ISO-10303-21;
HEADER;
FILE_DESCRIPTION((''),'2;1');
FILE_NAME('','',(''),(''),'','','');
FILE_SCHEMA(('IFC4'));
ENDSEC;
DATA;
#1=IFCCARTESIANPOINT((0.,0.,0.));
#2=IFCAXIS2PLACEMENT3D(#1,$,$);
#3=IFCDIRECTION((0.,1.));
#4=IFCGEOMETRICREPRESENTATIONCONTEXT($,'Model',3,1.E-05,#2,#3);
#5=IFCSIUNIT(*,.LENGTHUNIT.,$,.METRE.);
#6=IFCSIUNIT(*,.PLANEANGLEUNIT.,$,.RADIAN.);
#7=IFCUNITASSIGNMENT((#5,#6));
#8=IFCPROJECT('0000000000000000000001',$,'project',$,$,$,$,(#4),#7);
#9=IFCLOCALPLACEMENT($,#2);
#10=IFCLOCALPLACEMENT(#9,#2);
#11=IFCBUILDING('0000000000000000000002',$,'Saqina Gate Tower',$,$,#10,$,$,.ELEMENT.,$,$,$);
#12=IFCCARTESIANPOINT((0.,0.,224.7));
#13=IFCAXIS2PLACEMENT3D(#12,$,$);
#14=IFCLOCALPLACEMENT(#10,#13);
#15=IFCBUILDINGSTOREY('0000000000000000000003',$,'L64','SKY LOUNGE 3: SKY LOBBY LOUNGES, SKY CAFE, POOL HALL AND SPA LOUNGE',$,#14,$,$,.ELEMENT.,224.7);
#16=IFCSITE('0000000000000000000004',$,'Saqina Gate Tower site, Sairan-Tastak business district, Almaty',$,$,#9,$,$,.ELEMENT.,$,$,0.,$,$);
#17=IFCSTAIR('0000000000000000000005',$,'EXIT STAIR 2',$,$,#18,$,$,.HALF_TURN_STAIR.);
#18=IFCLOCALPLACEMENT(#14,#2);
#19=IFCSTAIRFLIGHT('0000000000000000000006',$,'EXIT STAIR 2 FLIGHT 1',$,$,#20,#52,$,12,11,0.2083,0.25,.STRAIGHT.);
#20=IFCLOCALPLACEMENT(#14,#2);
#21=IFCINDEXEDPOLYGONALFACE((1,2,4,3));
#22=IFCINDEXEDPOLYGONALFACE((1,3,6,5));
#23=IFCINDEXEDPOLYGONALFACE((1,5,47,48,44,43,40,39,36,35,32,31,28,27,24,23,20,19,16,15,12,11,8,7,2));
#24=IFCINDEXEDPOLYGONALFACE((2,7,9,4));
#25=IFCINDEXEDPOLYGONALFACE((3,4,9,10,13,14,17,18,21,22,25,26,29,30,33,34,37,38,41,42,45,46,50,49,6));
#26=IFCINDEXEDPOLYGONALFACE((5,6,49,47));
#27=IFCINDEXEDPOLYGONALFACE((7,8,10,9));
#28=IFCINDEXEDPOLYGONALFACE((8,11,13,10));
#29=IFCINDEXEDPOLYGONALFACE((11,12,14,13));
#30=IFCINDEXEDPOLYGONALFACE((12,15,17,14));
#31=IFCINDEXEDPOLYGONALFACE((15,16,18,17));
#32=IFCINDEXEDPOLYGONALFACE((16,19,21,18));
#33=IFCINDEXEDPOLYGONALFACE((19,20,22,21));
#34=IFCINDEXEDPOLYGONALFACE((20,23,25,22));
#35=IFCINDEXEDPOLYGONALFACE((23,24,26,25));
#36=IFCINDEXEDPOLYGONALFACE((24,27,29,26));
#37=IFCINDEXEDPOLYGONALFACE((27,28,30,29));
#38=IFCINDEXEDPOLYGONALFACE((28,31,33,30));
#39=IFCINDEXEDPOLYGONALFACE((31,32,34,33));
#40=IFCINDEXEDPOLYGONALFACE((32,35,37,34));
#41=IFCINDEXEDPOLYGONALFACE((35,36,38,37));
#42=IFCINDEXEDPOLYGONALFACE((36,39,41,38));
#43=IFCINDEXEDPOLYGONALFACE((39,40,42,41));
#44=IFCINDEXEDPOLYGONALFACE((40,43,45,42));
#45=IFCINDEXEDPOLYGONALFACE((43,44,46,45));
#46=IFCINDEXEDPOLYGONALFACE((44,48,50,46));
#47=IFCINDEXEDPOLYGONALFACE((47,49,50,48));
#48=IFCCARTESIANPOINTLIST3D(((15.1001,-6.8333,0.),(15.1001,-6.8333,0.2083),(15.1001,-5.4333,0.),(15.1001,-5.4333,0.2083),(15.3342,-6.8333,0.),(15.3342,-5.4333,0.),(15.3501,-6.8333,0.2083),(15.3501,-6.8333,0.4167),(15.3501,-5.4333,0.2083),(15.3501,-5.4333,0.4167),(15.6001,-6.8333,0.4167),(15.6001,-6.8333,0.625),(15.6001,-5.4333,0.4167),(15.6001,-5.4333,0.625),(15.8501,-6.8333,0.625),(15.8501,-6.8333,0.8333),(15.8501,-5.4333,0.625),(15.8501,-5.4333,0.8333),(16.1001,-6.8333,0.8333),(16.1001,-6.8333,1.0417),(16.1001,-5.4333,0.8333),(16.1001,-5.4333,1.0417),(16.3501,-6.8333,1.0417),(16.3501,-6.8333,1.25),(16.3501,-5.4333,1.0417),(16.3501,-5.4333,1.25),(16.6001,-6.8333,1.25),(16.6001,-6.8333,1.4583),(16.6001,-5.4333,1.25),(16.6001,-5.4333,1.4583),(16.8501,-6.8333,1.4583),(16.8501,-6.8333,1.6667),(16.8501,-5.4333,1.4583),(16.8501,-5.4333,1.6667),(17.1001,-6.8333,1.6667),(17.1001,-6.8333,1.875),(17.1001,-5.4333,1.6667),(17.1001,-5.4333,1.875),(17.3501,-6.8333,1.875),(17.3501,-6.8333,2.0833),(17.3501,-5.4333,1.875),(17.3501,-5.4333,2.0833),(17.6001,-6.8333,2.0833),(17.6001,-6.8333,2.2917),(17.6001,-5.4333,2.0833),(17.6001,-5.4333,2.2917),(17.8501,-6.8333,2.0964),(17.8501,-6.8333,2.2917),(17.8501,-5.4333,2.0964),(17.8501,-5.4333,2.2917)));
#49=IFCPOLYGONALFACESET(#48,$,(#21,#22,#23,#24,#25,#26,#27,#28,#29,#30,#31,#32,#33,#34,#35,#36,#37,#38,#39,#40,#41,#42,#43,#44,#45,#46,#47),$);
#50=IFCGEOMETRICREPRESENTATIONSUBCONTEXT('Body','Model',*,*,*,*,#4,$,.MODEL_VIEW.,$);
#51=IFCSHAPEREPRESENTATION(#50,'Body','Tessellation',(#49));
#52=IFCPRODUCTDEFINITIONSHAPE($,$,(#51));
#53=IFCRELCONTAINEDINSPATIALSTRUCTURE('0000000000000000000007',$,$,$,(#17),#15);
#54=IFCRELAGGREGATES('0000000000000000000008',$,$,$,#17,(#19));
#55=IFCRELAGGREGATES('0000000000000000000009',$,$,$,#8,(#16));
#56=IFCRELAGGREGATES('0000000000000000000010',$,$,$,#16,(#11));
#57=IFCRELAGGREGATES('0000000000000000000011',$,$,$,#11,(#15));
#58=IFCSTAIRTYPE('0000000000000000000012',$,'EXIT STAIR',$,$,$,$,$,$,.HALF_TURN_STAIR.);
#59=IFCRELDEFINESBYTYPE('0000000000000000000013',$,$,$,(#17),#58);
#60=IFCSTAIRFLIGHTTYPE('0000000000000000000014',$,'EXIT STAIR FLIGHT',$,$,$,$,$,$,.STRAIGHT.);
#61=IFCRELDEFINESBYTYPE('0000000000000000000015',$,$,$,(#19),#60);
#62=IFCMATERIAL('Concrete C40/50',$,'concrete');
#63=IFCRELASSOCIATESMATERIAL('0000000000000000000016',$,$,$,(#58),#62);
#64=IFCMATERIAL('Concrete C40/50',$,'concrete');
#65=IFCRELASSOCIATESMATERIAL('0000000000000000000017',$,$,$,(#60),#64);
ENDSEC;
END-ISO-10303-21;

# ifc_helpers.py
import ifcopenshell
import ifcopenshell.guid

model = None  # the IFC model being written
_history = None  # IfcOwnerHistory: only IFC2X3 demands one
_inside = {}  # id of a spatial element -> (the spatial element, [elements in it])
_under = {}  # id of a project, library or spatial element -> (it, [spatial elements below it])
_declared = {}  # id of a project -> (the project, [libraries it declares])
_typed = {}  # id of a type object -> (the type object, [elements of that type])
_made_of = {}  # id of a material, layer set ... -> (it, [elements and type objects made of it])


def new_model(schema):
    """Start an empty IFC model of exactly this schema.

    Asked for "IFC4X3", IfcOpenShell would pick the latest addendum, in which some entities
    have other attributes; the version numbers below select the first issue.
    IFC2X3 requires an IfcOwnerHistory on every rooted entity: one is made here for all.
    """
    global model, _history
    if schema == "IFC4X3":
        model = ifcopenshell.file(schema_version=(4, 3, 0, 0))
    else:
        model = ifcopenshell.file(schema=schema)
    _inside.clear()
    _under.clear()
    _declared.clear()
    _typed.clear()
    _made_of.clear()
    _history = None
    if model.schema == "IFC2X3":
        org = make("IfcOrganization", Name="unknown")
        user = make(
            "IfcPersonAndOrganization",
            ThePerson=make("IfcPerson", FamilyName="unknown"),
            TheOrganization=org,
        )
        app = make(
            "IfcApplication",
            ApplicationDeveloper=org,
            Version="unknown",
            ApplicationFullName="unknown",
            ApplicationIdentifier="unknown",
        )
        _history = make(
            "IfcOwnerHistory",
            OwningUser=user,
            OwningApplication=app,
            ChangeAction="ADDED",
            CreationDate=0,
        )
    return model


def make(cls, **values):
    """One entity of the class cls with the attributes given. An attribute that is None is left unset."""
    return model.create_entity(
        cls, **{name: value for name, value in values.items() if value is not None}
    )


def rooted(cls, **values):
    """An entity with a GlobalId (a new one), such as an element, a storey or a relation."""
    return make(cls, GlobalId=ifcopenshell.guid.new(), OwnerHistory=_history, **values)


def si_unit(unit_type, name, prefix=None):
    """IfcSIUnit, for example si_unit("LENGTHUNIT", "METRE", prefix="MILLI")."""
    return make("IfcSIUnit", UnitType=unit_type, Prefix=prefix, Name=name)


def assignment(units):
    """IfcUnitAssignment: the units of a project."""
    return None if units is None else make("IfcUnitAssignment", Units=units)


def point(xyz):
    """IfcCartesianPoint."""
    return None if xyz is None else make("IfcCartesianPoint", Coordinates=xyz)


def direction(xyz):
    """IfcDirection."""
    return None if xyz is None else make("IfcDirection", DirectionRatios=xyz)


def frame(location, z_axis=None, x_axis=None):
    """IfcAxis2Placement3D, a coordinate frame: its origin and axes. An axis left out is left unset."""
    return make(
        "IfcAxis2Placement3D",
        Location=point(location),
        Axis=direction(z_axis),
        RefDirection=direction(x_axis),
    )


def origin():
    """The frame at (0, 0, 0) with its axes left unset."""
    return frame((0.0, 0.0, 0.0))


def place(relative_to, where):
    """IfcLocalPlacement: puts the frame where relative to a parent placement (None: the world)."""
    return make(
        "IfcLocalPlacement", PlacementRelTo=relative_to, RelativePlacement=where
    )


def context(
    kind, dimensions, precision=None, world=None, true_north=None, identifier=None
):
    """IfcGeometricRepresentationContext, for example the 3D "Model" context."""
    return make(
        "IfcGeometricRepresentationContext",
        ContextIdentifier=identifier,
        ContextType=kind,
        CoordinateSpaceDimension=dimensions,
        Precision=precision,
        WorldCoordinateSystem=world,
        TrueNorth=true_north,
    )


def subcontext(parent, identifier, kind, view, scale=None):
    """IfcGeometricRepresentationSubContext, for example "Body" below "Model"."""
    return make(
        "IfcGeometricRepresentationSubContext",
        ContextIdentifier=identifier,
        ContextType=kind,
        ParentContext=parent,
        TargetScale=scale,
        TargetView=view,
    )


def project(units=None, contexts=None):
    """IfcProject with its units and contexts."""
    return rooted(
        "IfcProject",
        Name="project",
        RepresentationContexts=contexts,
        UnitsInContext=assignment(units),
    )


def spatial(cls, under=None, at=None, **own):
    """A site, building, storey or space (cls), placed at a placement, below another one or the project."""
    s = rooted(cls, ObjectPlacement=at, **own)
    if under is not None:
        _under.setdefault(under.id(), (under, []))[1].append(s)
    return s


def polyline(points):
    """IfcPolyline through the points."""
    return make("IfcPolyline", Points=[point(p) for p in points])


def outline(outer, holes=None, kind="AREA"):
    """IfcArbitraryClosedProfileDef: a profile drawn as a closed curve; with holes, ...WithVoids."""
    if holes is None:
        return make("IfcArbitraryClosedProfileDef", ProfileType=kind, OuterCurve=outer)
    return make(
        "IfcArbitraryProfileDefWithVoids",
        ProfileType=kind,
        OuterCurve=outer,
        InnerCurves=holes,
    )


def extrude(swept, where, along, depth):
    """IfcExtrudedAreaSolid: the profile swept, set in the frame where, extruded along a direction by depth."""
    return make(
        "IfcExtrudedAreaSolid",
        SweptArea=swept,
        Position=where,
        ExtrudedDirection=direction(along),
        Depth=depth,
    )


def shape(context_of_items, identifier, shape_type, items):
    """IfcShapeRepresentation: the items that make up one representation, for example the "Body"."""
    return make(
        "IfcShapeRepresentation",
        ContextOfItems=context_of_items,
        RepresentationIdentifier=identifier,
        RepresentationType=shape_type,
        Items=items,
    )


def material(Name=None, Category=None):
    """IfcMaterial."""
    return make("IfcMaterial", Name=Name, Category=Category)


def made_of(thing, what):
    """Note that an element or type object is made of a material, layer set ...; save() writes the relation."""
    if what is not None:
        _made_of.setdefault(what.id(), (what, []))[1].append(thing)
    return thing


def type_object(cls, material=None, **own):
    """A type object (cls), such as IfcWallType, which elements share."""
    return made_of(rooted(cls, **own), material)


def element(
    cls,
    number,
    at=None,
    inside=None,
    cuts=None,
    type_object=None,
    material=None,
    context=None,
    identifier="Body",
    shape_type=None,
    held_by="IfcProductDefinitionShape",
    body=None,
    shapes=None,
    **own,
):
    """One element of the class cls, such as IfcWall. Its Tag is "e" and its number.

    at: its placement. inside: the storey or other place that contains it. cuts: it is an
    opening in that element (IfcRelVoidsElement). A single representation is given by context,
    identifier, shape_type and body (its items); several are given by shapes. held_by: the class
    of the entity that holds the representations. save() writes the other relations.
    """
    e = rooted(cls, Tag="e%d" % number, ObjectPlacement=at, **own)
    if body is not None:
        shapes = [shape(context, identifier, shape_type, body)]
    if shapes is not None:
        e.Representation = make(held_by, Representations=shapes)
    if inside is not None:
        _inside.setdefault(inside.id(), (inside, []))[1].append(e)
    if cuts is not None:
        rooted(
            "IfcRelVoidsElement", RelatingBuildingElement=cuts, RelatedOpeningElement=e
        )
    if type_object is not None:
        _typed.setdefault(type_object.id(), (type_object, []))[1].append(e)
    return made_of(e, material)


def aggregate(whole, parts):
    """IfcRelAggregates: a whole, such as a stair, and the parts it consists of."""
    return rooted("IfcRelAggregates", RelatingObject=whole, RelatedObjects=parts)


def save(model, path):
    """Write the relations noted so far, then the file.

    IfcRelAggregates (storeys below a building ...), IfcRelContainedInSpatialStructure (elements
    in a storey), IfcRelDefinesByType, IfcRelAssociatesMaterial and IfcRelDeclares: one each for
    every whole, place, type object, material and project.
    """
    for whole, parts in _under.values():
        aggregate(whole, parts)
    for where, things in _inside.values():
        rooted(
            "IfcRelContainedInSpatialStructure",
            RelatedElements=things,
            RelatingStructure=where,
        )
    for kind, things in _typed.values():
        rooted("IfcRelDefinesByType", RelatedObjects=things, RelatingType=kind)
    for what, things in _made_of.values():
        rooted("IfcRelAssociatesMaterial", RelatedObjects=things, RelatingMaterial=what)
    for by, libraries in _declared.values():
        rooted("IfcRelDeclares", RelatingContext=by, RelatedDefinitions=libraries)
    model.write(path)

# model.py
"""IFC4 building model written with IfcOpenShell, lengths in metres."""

from ifc_helpers import new_model, si_unit, direction, frame, origin, place, context, subcontext, project, spatial, polyline, outline, extrude, material, type_object, element, aggregate, save


model = new_model("IFC4")

# Units and contexts
model_context = context("Model", 3, precision=1e-05, world=origin(), true_north=direction((0.0, 1.0)))
body_context = subcontext(model_context, "Body", "Model", "MODEL_VIEW")
ifc_project = project(units=[si_unit("LENGTHUNIT", "METRE"), si_unit("PLANEANGLEUNIT", "RADIAN")], contexts=[model_context])

# Site, building, storey
site_placement = place(None, origin())
site = spatial("IfcSite", under=ifc_project, at=site_placement, Name="Saqina Gate Tower site, Sairan-Tastak business district, Almaty", CompositionType="ELEMENT", RefElevation=0.0)
building_placement = place(site_placement, origin())
building = spatial("IfcBuilding", under=site, at=building_placement, Name="Saqina Gate Tower", CompositionType="ELEMENT")
storey_placement = place(building_placement, frame((0.0, 0.0, 224.7)))
storey = spatial("IfcBuildingStorey", under=building, at=storey_placement, Name="L64", Description="SKY LOUNGE 3: SKY LOBBY LOUNGES, SKY CAFE, POOL HALL AND SPA LOUNGE", CompositionType="ELEMENT", Elevation=224.7)

# Stair, stair flight
ifc_material_1 = material(Name="Concrete C40/50", Category="concrete")
stair_type = type_object("IfcStairType", Name="EXIT STAIR", PredefinedType="HALF_TURN_STAIR", material=ifc_material_1)
stair_placement = place(storey_placement, origin())
stair = element("IfcStair", 1, at=stair_placement, inside=storey, type_object=stair_type, Name="EXIT STAIR 2", PredefinedType="HALF_TURN_STAIR")
ifc_material_2 = material(Name="Concrete C40/50", Category="concrete")
stair_flight_type = type_object("IfcStairFlightType", Name="EXIT STAIR FLIGHT", PredefinedType="STRAIGHT", material=ifc_material_2)
stair_flight_placement = place(storey_placement, frame((15.1001, -6.1333, 0.0), z_axis=(0.0, 0.0, 1.0), x_axis=(1.0, 0.0, 0.0)))
stair_flight = element("IfcStairFlight", 2, at=stair_flight_placement, type_object=stair_flight_type, Name="EXIT STAIR 2 FLIGHT 1", NumberOfRisers=12, NumberOfTreads=11, PredefinedType="STRAIGHT", RiserHeight=0.2083, TreadLength=0.25, context=body_context, shape_type="SweptSolid", body=[
    extrude(outline(polyline([(0.0, 0.0), (0.0, 0.2083), (0.25, 0.2083), (0.25, 0.4167), (0.5, 0.4167), (0.5, 0.625), (0.75, 0.625), (0.75, 0.8333), (1.0, 0.8333), (1.0, 1.0417), (1.25, 1.0417), (1.25, 1.25), (1.5, 1.25), (1.5, 1.4583), (1.75, 1.4583), (1.75, 1.6667), (2.0, 1.6667), (2.0, 1.875), (2.25, 1.875), (2.25, 2.0833), (2.5, 2.0833), (2.5, 2.2917), (2.75, 2.2917), (2.75, 2.5), (2.75, 2.0964), (0.2341, 0.0), (0.0, 0.0)])), frame((0.0, 0.7, 0.0), z_axis=(0.0, -1.0, 0.0), x_axis=(1.0, 0.0, 0.0)), (0.0, 0.0, 1.0), 1.3999),
])
aggregate(stair, [stair_flight])

save(model, "model.ifc")
